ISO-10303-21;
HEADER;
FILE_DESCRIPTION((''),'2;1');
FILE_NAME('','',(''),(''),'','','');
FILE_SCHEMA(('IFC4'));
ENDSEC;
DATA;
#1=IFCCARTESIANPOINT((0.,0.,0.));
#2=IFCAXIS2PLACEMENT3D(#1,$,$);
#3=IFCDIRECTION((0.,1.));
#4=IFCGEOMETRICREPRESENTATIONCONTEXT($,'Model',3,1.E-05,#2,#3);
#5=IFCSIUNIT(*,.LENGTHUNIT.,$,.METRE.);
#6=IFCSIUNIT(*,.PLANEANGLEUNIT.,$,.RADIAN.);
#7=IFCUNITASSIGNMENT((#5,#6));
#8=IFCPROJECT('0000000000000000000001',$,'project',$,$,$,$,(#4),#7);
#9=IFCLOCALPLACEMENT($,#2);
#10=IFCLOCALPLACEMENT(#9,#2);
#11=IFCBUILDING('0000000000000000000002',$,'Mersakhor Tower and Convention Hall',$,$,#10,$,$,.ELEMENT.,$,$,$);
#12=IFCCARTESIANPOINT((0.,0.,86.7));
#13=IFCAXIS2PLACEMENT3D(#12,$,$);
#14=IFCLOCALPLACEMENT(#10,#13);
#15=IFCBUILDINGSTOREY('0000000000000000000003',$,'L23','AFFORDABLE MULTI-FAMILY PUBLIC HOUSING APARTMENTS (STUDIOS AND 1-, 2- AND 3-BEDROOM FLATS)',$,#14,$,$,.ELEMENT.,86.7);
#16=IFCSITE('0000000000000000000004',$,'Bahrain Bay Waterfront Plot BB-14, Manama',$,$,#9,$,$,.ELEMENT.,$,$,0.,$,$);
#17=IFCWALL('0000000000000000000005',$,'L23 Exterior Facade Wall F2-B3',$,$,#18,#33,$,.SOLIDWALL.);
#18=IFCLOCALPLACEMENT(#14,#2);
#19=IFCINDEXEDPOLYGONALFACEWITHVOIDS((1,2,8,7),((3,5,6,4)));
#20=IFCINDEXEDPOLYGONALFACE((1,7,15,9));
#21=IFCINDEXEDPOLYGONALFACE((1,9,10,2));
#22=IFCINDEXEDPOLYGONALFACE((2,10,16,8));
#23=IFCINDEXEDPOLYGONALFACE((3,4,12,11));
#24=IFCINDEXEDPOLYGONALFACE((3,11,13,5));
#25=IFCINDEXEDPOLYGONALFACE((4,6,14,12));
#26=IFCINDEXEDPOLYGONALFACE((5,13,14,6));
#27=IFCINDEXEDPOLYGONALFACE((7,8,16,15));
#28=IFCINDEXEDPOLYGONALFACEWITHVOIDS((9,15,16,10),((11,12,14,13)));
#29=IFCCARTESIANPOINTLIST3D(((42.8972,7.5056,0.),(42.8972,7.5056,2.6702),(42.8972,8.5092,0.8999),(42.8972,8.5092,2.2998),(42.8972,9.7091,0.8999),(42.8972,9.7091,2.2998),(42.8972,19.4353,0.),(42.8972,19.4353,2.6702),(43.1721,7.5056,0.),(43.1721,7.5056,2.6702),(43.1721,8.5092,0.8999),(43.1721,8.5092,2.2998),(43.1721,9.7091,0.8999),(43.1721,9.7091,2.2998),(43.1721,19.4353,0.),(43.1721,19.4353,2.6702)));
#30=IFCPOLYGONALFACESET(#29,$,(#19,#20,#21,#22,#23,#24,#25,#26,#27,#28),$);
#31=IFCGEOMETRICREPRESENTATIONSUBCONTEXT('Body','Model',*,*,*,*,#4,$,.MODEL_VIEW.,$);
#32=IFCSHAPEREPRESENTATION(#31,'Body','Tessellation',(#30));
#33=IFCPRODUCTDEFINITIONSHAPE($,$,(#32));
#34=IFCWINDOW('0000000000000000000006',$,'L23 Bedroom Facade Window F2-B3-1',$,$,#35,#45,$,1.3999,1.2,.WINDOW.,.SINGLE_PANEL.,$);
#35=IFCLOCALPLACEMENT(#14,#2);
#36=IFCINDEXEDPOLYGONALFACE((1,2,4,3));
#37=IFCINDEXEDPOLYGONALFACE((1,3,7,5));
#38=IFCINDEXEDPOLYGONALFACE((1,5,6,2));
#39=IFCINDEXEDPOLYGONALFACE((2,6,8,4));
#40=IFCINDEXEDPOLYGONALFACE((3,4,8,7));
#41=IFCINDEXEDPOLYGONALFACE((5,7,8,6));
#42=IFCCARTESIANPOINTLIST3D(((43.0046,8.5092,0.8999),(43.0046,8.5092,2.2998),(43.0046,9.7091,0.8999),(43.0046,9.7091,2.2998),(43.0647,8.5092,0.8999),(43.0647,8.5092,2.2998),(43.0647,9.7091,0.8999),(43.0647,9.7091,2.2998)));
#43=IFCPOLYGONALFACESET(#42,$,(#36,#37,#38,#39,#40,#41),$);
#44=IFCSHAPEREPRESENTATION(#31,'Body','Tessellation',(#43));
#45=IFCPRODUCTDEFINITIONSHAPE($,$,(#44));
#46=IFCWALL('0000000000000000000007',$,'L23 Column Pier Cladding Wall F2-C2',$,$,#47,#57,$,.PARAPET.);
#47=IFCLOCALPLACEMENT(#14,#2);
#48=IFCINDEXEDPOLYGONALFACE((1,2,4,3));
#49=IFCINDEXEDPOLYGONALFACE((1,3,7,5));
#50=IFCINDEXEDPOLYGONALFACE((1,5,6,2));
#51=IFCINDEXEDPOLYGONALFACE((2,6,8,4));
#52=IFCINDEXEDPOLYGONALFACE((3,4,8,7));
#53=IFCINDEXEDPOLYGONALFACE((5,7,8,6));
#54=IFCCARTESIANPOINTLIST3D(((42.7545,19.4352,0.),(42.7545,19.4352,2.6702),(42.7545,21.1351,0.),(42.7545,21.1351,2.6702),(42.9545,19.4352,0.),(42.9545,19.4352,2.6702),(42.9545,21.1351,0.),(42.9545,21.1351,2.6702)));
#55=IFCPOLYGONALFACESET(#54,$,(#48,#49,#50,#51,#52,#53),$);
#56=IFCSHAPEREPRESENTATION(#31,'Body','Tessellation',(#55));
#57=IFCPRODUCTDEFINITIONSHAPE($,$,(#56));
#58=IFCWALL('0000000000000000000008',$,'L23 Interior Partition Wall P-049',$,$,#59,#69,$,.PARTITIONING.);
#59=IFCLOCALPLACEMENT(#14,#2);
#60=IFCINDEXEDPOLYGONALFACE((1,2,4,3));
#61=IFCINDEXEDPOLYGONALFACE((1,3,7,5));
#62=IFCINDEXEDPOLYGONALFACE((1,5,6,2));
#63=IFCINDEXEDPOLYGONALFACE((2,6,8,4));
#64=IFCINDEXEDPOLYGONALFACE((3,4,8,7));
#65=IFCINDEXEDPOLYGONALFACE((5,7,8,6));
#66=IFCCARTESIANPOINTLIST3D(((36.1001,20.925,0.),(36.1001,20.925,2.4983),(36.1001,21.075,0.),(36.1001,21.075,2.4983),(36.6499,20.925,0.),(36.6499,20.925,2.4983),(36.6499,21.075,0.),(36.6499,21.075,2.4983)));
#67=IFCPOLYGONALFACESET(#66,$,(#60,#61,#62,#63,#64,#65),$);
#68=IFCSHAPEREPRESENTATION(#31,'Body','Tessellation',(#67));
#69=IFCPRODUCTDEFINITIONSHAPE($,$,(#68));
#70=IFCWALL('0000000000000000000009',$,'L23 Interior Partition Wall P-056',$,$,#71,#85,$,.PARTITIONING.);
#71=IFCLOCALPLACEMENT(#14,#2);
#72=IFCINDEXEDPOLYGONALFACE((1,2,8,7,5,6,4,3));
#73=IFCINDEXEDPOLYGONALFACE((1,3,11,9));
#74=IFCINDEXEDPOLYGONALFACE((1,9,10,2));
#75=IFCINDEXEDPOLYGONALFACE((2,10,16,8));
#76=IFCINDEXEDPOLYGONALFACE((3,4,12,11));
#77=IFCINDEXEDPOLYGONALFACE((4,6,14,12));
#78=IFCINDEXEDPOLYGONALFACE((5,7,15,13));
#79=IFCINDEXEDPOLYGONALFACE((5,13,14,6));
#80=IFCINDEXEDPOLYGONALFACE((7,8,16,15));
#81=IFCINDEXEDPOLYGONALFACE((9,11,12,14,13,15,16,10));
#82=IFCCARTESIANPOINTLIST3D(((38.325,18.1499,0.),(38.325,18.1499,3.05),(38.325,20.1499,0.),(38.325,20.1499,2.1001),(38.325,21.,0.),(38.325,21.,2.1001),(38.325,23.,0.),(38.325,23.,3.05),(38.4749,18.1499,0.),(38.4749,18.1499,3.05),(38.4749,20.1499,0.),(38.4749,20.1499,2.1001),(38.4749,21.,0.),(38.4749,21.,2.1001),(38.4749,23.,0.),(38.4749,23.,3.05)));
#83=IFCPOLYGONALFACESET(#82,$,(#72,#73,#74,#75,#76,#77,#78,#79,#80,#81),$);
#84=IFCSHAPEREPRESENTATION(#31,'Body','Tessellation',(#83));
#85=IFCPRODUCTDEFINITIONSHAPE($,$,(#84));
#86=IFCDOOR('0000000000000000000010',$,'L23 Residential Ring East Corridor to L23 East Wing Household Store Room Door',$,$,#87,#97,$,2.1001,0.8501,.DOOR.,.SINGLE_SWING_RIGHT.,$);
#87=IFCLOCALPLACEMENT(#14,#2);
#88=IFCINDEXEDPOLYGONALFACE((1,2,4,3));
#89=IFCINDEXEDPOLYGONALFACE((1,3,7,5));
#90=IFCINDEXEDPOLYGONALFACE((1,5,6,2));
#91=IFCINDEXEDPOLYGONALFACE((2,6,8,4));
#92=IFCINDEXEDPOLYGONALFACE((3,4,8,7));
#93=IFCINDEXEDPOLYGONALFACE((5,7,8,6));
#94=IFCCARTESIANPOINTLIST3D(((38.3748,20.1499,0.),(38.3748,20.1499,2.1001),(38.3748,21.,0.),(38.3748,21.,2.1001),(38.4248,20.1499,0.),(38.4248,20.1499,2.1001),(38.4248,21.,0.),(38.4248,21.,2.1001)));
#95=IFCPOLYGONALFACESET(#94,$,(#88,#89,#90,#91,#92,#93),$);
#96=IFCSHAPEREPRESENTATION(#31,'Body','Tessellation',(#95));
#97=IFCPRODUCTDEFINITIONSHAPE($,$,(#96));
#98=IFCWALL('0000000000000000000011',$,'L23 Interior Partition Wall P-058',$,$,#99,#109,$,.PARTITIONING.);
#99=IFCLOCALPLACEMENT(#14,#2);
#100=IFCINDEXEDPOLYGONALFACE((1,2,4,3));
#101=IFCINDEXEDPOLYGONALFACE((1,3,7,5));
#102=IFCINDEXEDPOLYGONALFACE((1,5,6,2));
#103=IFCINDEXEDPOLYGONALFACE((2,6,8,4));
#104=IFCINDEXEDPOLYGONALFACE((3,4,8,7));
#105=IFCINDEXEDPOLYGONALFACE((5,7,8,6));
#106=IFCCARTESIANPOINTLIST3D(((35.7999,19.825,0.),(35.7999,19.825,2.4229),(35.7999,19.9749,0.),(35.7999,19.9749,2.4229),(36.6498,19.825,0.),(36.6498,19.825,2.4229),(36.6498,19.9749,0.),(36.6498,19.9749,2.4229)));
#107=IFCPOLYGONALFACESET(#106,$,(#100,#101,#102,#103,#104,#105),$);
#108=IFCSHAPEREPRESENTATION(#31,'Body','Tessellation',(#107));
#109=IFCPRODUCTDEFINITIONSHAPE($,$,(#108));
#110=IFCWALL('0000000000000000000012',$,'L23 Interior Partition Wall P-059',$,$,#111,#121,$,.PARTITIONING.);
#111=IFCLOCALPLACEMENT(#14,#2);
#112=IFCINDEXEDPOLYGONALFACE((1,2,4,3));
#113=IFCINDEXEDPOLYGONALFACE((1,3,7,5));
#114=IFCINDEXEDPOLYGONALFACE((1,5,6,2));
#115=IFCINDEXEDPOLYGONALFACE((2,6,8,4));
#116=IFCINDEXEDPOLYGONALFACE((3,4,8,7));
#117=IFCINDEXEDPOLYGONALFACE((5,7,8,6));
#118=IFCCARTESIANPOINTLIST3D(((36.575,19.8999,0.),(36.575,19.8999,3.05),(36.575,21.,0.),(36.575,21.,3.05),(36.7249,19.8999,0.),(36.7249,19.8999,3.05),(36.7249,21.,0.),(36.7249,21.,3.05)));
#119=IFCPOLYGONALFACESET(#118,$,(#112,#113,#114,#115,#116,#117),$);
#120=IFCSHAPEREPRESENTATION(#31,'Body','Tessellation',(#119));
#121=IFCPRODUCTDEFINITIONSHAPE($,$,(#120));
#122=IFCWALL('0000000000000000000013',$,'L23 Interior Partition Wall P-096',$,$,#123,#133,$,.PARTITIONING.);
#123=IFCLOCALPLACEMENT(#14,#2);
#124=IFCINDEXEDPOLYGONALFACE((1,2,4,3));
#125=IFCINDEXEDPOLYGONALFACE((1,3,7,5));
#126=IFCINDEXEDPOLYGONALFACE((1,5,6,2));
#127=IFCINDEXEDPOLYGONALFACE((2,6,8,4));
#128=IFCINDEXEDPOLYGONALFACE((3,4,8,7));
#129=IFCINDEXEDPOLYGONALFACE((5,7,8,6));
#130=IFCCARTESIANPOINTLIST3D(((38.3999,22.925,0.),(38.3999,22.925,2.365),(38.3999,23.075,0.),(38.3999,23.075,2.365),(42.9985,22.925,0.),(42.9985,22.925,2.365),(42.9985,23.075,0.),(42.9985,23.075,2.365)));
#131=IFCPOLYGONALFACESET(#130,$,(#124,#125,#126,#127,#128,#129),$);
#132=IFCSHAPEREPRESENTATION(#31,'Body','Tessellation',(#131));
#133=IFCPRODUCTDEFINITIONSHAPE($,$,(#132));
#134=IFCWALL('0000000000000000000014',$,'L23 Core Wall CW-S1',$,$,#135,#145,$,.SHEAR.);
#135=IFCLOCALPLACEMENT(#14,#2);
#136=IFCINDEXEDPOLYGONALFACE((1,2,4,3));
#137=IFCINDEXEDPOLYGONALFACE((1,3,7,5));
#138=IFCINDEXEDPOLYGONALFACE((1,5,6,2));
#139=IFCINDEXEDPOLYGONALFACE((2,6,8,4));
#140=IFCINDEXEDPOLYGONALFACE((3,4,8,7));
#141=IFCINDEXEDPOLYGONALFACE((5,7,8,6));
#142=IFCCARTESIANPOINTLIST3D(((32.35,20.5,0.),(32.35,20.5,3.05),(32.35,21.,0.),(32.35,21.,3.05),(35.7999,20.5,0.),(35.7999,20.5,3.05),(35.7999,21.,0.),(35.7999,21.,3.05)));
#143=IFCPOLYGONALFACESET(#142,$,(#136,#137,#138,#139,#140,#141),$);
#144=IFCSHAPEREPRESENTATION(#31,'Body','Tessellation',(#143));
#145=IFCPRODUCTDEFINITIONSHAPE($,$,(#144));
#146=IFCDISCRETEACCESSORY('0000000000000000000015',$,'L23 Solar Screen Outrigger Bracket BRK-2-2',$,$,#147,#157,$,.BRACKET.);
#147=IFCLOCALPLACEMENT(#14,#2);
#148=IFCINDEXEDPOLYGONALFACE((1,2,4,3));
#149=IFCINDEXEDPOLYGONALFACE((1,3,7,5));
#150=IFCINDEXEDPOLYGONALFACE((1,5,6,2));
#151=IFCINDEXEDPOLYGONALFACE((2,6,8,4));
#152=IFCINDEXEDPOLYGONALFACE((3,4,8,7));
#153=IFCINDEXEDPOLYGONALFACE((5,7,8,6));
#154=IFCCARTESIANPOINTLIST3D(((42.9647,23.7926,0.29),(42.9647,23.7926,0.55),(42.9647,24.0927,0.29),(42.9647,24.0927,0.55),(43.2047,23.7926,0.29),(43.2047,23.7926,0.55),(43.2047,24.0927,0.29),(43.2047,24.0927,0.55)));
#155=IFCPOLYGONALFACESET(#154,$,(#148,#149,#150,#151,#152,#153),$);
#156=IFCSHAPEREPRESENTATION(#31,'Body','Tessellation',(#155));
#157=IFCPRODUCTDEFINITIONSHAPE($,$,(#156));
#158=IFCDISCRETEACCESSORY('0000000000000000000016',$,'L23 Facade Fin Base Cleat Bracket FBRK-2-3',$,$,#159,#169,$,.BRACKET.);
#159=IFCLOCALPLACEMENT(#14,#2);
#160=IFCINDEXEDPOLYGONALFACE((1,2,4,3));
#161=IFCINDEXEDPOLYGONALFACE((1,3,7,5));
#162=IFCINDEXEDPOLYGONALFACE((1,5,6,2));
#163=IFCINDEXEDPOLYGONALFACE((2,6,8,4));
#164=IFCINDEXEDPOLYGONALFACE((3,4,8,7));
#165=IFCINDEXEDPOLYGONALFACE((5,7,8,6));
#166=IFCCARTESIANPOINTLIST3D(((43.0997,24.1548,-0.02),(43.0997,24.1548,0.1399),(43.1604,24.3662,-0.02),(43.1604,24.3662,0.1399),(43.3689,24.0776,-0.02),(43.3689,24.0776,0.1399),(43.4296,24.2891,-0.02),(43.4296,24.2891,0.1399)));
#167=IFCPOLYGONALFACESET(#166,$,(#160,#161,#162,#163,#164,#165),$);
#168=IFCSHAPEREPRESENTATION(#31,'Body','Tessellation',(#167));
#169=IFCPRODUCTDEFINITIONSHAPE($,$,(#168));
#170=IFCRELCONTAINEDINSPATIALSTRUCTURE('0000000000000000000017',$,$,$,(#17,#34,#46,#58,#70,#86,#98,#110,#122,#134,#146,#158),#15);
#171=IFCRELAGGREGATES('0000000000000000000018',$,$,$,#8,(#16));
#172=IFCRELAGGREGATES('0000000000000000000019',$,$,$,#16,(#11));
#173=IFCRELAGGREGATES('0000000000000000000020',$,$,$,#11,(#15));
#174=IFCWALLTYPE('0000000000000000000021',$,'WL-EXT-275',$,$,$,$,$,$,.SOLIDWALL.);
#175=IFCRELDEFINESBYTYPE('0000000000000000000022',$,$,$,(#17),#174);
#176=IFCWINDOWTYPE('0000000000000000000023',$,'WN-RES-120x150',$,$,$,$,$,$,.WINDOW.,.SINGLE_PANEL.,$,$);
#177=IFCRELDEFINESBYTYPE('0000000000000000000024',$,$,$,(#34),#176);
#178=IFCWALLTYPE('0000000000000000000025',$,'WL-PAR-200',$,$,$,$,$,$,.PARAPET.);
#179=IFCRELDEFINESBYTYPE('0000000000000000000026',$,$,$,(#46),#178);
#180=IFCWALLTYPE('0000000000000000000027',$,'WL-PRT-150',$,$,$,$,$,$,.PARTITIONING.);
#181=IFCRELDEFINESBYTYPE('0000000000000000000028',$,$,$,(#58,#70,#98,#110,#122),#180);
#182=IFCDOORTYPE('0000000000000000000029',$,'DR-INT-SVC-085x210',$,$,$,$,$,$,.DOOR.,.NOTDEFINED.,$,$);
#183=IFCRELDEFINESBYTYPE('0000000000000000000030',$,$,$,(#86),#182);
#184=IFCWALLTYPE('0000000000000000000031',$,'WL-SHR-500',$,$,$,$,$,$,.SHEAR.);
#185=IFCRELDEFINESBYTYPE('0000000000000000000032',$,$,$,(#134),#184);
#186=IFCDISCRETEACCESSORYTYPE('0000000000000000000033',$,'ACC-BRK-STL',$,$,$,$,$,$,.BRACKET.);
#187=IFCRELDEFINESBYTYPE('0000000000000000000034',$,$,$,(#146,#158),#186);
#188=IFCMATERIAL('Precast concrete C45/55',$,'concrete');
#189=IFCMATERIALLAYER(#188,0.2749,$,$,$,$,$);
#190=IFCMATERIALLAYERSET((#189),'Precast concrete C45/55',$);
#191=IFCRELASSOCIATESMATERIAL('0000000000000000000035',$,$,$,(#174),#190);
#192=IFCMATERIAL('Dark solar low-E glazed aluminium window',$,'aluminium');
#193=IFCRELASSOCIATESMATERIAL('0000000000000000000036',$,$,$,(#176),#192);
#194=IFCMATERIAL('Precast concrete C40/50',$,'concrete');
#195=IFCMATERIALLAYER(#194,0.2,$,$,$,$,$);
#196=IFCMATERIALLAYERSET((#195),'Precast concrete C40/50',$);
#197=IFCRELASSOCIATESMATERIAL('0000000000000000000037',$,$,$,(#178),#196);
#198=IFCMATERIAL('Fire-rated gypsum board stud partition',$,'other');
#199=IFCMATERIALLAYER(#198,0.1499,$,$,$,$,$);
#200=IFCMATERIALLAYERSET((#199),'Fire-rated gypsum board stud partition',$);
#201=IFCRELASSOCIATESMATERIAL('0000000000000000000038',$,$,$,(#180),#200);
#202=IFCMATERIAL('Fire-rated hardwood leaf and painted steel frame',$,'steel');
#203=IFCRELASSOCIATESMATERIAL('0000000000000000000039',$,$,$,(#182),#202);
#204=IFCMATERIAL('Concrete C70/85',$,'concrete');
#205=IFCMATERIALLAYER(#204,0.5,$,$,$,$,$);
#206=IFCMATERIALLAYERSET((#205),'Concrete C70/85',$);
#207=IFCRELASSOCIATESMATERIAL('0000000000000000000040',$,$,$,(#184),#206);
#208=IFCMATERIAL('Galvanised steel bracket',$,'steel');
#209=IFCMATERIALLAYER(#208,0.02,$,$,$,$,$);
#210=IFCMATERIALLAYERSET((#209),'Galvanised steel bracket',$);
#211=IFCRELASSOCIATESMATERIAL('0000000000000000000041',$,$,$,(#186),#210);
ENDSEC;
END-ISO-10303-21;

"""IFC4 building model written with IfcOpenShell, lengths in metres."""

from ifc_helpers import new_model, si_unit, direction, frame, frame_2d, origin, origin_2d, place, context, subcontext, project, spatial, rectangle, extrude, material, layer, layer_set, type_object, element, fill, save


model = new_model("IFC4")

# Units and contexts
model_context = context("Model", 3, precision=1e-05, world=origin(), true_north=direction((0.0, 1.0)))
body_context = subcontext(model_context, "Body", "Model", "MODEL_VIEW")
ifc_project = project(units=[si_unit("LENGTHUNIT", "METRE"), si_unit("PLANEANGLEUNIT", "RADIAN")], contexts=[model_context])

# Site, building, storey
site_placement = place(None, origin())
site = spatial("IfcSite", under=ifc_project, at=site_placement, Name="Bahrain Bay Waterfront Plot BB-14, Manama", CompositionType="ELEMENT", RefElevation=0.0)
building_placement = place(site_placement, origin())
building = spatial("IfcBuilding", under=site, at=building_placement, Name="Mersakhor Tower and Convention Hall", CompositionType="ELEMENT")
storey_placement = place(building_placement, frame((0.0, 0.0, 86.7)))
storey = spatial("IfcBuildingStorey", under=building, at=storey_placement, Name="L23", Description="AFFORDABLE MULTI-FAMILY PUBLIC HOUSING APARTMENTS (STUDIOS AND 1-, 2- AND 3-BEDROOM FLATS)", CompositionType="ELEMENT", Elevation=86.7)

# Wall, opening, window
ifc_material_1 = material(Name="Precast concrete C45/55", Category="concrete")
ifc_layer_1 = layer(ifc_material_1, 0.2749)
ifc_layer_set_1 = layer_set([ifc_layer_1], Name="Precast concrete C45/55")
wall_type_1 = type_object("IfcWallType", Name="WL-EXT-275", PredefinedType="SOLIDWALL", material=ifc_layer_set_1)
wall_1_placement = place(storey_placement, frame((43.0347, 19.4353, 0.0), z_axis=(0.0, 0.0, 1.0), x_axis=(0.0, -1.0, 0.0)))
wall_1 = element("IfcWall", 1, at=wall_1_placement, inside=storey, type_object=wall_type_1, Name="L23 Exterior Facade Wall F2-B3", PredefinedType="SOLIDWALL", context=body_context, shape_type="SweptSolid", body=[
    extrude(rectangle(XDim=11.9297, YDim=0.2749, at=frame_2d((5.9648, 0.0))), origin(), (0.0, 0.0, 1.0), 2.6702),
])
opening_1_placement = place(wall_1_placement, frame((9.7261, 0.0, 0.8999)))
opening_1 = element("IfcOpeningElement", 2, at=opening_1_placement, cuts=wall_1, PredefinedType="OPENING", context=body_context, shape_type="SweptSolid", body=[
    extrude(rectangle(XDim=1.2, YDim=1.3999, at=frame_2d((0.6001, 0.7))), frame((0.0, 0.1475, 0.0), z_axis=(0.0, -1.0, 0.0), x_axis=(1.0, 0.0, 0.0)), (0.0, 0.0, 1.0), 0.2949),
])
ifc_material_2 = material(Name="Dark solar low-E glazed aluminium window", Category="aluminium")
window_type = type_object("IfcWindowType", Name="WN-RES-120x150", PartitioningType="SINGLE_PANEL", PredefinedType="WINDOW", material=ifc_material_2)
window_placement = place(opening_1_placement, origin())
window = element("IfcWindow", 3, at=window_placement, inside=storey, type_object=window_type, Name="L23 Bedroom Facade Window F2-B3-1", OverallHeight=1.3999, OverallWidth=1.2, PartitioningType="SINGLE_PANEL", PredefinedType="WINDOW", context=body_context, shape_type="SweptSolid", body=[
    extrude(rectangle(XDim=1.2, YDim=1.3999, at=frame_2d((0.6001, 0.7))), frame((0.0, 0.03, 0.0), z_axis=(0.0, -1.0, 0.0), x_axis=(1.0, 0.0, 0.0)), (0.0, 0.0, 1.0), 0.0601),
])
fill(opening_1, window)

# Wall
ifc_material_3 = material(Name="Precast concrete C40/50", Category="concrete")
ifc_layer_2 = layer(ifc_material_3, 0.2)
ifc_layer_set_2 = layer_set([ifc_layer_2], Name="Precast concrete C40/50")
wall_type_2 = type_object("IfcWallType", Name="WL-PAR-200", PredefinedType="PARAPET", material=ifc_layer_set_2)
wall_2_placement = place(storey_placement, frame((42.8545, 21.1353, 0.0), z_axis=(0.0, 0.0, 1.0), x_axis=(0.0, -1.0, 0.0)))
element("IfcWall", 4, at=wall_2_placement, inside=storey, type_object=wall_type_2, Name="L23 Column Pier Cladding Wall F2-C2", PredefinedType="PARAPET", context=body_context, shape_type="SweptSolid", body=[
    extrude(rectangle(XDim=1.7, YDim=0.2, at=frame_2d((0.8501, 0.0))), origin(), (0.0, 0.0, 1.0), 2.6702),
])

# Shared definitions
ifc_material_4 = material(Name="Fire-rated gypsum board stud partition", Category="other")
ifc_layer_3 = layer(ifc_material_4, 0.1499)
ifc_layer_set_3 = layer_set([ifc_layer_3], Name="Fire-rated gypsum board stud partition")
wall_type_3 = type_object("IfcWallType", Name="WL-PRT-150", PredefinedType="PARTITIONING", material=ifc_layer_set_3)

# Wall
wall_3_placement = place(storey_placement, frame((36.6499, 21.0, 0.0), z_axis=(0.0, 0.0, 1.0), x_axis=(-1.0, 0.0, 0.0)))
element("IfcWall", 5, at=wall_3_placement, inside=storey, type_object=wall_type_3, Name="L23 Interior Partition Wall P-049", PredefinedType="PARTITIONING", context=body_context, shape_type="SweptSolid", body=[
    extrude(rectangle(XDim=0.5498, YDim=0.1499, at=frame_2d((0.2749, 0.0))), origin(), (0.0, 0.0, 1.0), 2.4983),
])

# Wall, opening, door
wall_4_placement = place(storey_placement, frame((38.3999, 23.0, 0.0), z_axis=(0.0, 0.0, 1.0), x_axis=(0.0, -1.0, 0.0)))
wall_4 = element("IfcWall", 6, at=wall_4_placement, inside=storey, type_object=wall_type_3, Name="L23 Interior Partition Wall P-056", PredefinedType="PARTITIONING", context=body_context, shape_type="SweptSolid", body=[
    extrude(rectangle(XDim=4.8501, YDim=0.1499, at=frame_2d((2.425, 0.0))), origin(), (0.0, 0.0, 1.0), 3.05),
])
opening_2_placement = place(wall_4_placement, frame((2.0, 0.0, 0.0)))
opening_2 = element("IfcOpeningElement", 7, at=opening_2_placement, cuts=wall_4, PredefinedType="OPENING", context=body_context, shape_type="SweptSolid", body=[
    extrude(rectangle(XDim=0.8501, YDim=2.1001, at=frame_2d((0.425, 1.05))), frame((0.0, 0.085, 0.0), z_axis=(0.0, -1.0, 0.0), x_axis=(1.0, 0.0, 0.0)), (0.0, 0.0, 1.0), 0.1699),
])
ifc_material_5 = material(Name="Fire-rated hardwood leaf and painted steel frame", Category="steel")
door_type_1 = type_object("IfcDoorType", Name="DR-INT-SVC-085x210", OperationType="NOTDEFINED", PredefinedType="DOOR", material=ifc_material_5)
door_1_placement = place(opening_2_placement, origin())
door_1 = element("IfcDoor", 8, at=door_1_placement, inside=storey, type_object=door_type_1, Name="L23 Residential Ring East Corridor to L23 East Wing Household Store Room Door", OperationType="SINGLE_SWING_RIGHT", OverallHeight=2.1001, OverallWidth=0.8501, PredefinedType="DOOR", context=body_context, shape_type="SweptSolid", body=[
    extrude(rectangle(XDim=0.8501, YDim=2.1001, at=frame_2d((0.425, 1.05))), frame((0.0, 0.0249, 0.0), z_axis=(0.0, -1.0, 0.0), x_axis=(1.0, 0.0, 0.0)), (0.0, 0.0, 1.0), 0.05),
])
fill(opening_2, door_1)

# Walls
wall_5_placement = place(storey_placement, frame((35.8, 19.8999, 0.0), z_axis=(0.0, 0.0, 1.0), x_axis=(1.0, 0.0, 0.0)))
element("IfcWall", 9, at=wall_5_placement, inside=storey, type_object=wall_type_3, Name="L23 Interior Partition Wall P-058", PredefinedType="PARTITIONING", context=body_context, shape_type="SweptSolid", body=[
    extrude(rectangle(XDim=0.8499, YDim=0.1499, at=frame_2d((0.4248, 0.0))), origin(), (0.0, 0.0, 1.0), 2.4229),
])
wall_6_placement = place(storey_placement, frame((36.6499, 19.8999, 0.0), z_axis=(0.0, 0.0, 1.0), x_axis=(0.0, 1.0, 0.0)))
element("IfcWall", 10, at=wall_6_placement, inside=storey, type_object=wall_type_3, Name="L23 Interior Partition Wall P-059", PredefinedType="PARTITIONING", context=body_context, shape_type="SweptSolid", body=[
    extrude(rectangle(XDim=1.1001, YDim=0.1499, at=frame_2d((0.55, 0.0))), origin(), (0.0, 0.0, 1.0), 3.05),
])
wall_7_placement = place(storey_placement, frame((42.9985, 23.0, 0.0), z_axis=(0.0, 0.0, 1.0), x_axis=(-1.0, 0.0, 0.0)))
element("IfcWall", 11, at=wall_7_placement, inside=storey, type_object=wall_type_3, Name="L23 Interior Partition Wall P-096", PredefinedType="PARTITIONING", context=body_context, shape_type="SweptSolid", body=[
    extrude(rectangle(XDim=4.5986, YDim=0.1499, at=frame_2d((2.2993, 0.0))), origin(), (0.0, 0.0, 1.0), 2.365),
])
ifc_material_6 = material(Name="Concrete C70/85", Category="concrete")
ifc_layer_4 = layer(ifc_material_6, 0.5)
ifc_layer_set_4 = layer_set([ifc_layer_4], Name="Concrete C70/85")
wall_type_4 = type_object("IfcWallType", Name="WL-SHR-500", PredefinedType="SHEAR", material=ifc_layer_set_4)
wall_8_placement = place(storey_placement, frame((35.8, 20.75, 0.0), z_axis=(0.0, 0.0, 1.0), x_axis=(-1.0, 0.0, 0.0)))
element("IfcWall", 12, at=wall_8_placement, inside=storey, type_object=wall_type_4, Name="L23 Core Wall CW-S1", PredefinedType="SHEAR", context=body_context, shape_type="SweptSolid", body=[
    extrude(rectangle(XDim=3.45, YDim=0.5, at=frame_2d((1.7251, 0.0))), origin(), (0.0, 0.0, 1.0), 3.05),
])

# Discrete accessories
ifc_material_7 = material(Name="Galvanised steel bracket", Category="steel")
ifc_layer_5 = layer(ifc_material_7, 0.02)
ifc_layer_set_5 = layer_set([ifc_layer_5], Name="Galvanised steel bracket")
discrete_accessory_type = type_object("IfcDiscreteAccessoryType", Name="ACC-BRK-STL", PredefinedType="BRACKET", material=ifc_layer_set_5)
discrete_accessory_1_placement = place(storey_placement, frame((43.0847, 23.9426, 0.29), z_axis=(0.0, 0.0, 1.0), x_axis=(0.0, -1.0, 0.0)))
element("IfcDiscreteAccessory", 13, at=discrete_accessory_1_placement, inside=storey, type_object=discrete_accessory_type, Name="L23 Solar Screen Outrigger Bracket BRK-2-2", PredefinedType="BRACKET", context=body_context, shape_type="SweptSolid", body=[
    extrude(rectangle(XDim=0.3, YDim=0.24, at=origin_2d()), origin(), (0.0, 0.0, 1.0), 0.26),
])
discrete_accessory_2_placement = place(storey_placement, frame((43.2646, 24.2219, -0.02), z_axis=(0.0, 0.0, 1.0), x_axis=(0.961262, -0.275637, 0.0)))
element("IfcDiscreteAccessory", 14, at=discrete_accessory_2_placement, inside=storey, type_object=discrete_accessory_type, Name="L23 Facade Fin Base Cleat Bracket FBRK-2-3", PredefinedType="BRACKET", context=body_context, shape_type="SweptSolid", body=[
    extrude(rectangle(XDim=0.28, YDim=0.22, at=origin_2d()), origin(), (0.0, 0.0, 1.0), 0.1599),
])

save(model, "model.ifc")
